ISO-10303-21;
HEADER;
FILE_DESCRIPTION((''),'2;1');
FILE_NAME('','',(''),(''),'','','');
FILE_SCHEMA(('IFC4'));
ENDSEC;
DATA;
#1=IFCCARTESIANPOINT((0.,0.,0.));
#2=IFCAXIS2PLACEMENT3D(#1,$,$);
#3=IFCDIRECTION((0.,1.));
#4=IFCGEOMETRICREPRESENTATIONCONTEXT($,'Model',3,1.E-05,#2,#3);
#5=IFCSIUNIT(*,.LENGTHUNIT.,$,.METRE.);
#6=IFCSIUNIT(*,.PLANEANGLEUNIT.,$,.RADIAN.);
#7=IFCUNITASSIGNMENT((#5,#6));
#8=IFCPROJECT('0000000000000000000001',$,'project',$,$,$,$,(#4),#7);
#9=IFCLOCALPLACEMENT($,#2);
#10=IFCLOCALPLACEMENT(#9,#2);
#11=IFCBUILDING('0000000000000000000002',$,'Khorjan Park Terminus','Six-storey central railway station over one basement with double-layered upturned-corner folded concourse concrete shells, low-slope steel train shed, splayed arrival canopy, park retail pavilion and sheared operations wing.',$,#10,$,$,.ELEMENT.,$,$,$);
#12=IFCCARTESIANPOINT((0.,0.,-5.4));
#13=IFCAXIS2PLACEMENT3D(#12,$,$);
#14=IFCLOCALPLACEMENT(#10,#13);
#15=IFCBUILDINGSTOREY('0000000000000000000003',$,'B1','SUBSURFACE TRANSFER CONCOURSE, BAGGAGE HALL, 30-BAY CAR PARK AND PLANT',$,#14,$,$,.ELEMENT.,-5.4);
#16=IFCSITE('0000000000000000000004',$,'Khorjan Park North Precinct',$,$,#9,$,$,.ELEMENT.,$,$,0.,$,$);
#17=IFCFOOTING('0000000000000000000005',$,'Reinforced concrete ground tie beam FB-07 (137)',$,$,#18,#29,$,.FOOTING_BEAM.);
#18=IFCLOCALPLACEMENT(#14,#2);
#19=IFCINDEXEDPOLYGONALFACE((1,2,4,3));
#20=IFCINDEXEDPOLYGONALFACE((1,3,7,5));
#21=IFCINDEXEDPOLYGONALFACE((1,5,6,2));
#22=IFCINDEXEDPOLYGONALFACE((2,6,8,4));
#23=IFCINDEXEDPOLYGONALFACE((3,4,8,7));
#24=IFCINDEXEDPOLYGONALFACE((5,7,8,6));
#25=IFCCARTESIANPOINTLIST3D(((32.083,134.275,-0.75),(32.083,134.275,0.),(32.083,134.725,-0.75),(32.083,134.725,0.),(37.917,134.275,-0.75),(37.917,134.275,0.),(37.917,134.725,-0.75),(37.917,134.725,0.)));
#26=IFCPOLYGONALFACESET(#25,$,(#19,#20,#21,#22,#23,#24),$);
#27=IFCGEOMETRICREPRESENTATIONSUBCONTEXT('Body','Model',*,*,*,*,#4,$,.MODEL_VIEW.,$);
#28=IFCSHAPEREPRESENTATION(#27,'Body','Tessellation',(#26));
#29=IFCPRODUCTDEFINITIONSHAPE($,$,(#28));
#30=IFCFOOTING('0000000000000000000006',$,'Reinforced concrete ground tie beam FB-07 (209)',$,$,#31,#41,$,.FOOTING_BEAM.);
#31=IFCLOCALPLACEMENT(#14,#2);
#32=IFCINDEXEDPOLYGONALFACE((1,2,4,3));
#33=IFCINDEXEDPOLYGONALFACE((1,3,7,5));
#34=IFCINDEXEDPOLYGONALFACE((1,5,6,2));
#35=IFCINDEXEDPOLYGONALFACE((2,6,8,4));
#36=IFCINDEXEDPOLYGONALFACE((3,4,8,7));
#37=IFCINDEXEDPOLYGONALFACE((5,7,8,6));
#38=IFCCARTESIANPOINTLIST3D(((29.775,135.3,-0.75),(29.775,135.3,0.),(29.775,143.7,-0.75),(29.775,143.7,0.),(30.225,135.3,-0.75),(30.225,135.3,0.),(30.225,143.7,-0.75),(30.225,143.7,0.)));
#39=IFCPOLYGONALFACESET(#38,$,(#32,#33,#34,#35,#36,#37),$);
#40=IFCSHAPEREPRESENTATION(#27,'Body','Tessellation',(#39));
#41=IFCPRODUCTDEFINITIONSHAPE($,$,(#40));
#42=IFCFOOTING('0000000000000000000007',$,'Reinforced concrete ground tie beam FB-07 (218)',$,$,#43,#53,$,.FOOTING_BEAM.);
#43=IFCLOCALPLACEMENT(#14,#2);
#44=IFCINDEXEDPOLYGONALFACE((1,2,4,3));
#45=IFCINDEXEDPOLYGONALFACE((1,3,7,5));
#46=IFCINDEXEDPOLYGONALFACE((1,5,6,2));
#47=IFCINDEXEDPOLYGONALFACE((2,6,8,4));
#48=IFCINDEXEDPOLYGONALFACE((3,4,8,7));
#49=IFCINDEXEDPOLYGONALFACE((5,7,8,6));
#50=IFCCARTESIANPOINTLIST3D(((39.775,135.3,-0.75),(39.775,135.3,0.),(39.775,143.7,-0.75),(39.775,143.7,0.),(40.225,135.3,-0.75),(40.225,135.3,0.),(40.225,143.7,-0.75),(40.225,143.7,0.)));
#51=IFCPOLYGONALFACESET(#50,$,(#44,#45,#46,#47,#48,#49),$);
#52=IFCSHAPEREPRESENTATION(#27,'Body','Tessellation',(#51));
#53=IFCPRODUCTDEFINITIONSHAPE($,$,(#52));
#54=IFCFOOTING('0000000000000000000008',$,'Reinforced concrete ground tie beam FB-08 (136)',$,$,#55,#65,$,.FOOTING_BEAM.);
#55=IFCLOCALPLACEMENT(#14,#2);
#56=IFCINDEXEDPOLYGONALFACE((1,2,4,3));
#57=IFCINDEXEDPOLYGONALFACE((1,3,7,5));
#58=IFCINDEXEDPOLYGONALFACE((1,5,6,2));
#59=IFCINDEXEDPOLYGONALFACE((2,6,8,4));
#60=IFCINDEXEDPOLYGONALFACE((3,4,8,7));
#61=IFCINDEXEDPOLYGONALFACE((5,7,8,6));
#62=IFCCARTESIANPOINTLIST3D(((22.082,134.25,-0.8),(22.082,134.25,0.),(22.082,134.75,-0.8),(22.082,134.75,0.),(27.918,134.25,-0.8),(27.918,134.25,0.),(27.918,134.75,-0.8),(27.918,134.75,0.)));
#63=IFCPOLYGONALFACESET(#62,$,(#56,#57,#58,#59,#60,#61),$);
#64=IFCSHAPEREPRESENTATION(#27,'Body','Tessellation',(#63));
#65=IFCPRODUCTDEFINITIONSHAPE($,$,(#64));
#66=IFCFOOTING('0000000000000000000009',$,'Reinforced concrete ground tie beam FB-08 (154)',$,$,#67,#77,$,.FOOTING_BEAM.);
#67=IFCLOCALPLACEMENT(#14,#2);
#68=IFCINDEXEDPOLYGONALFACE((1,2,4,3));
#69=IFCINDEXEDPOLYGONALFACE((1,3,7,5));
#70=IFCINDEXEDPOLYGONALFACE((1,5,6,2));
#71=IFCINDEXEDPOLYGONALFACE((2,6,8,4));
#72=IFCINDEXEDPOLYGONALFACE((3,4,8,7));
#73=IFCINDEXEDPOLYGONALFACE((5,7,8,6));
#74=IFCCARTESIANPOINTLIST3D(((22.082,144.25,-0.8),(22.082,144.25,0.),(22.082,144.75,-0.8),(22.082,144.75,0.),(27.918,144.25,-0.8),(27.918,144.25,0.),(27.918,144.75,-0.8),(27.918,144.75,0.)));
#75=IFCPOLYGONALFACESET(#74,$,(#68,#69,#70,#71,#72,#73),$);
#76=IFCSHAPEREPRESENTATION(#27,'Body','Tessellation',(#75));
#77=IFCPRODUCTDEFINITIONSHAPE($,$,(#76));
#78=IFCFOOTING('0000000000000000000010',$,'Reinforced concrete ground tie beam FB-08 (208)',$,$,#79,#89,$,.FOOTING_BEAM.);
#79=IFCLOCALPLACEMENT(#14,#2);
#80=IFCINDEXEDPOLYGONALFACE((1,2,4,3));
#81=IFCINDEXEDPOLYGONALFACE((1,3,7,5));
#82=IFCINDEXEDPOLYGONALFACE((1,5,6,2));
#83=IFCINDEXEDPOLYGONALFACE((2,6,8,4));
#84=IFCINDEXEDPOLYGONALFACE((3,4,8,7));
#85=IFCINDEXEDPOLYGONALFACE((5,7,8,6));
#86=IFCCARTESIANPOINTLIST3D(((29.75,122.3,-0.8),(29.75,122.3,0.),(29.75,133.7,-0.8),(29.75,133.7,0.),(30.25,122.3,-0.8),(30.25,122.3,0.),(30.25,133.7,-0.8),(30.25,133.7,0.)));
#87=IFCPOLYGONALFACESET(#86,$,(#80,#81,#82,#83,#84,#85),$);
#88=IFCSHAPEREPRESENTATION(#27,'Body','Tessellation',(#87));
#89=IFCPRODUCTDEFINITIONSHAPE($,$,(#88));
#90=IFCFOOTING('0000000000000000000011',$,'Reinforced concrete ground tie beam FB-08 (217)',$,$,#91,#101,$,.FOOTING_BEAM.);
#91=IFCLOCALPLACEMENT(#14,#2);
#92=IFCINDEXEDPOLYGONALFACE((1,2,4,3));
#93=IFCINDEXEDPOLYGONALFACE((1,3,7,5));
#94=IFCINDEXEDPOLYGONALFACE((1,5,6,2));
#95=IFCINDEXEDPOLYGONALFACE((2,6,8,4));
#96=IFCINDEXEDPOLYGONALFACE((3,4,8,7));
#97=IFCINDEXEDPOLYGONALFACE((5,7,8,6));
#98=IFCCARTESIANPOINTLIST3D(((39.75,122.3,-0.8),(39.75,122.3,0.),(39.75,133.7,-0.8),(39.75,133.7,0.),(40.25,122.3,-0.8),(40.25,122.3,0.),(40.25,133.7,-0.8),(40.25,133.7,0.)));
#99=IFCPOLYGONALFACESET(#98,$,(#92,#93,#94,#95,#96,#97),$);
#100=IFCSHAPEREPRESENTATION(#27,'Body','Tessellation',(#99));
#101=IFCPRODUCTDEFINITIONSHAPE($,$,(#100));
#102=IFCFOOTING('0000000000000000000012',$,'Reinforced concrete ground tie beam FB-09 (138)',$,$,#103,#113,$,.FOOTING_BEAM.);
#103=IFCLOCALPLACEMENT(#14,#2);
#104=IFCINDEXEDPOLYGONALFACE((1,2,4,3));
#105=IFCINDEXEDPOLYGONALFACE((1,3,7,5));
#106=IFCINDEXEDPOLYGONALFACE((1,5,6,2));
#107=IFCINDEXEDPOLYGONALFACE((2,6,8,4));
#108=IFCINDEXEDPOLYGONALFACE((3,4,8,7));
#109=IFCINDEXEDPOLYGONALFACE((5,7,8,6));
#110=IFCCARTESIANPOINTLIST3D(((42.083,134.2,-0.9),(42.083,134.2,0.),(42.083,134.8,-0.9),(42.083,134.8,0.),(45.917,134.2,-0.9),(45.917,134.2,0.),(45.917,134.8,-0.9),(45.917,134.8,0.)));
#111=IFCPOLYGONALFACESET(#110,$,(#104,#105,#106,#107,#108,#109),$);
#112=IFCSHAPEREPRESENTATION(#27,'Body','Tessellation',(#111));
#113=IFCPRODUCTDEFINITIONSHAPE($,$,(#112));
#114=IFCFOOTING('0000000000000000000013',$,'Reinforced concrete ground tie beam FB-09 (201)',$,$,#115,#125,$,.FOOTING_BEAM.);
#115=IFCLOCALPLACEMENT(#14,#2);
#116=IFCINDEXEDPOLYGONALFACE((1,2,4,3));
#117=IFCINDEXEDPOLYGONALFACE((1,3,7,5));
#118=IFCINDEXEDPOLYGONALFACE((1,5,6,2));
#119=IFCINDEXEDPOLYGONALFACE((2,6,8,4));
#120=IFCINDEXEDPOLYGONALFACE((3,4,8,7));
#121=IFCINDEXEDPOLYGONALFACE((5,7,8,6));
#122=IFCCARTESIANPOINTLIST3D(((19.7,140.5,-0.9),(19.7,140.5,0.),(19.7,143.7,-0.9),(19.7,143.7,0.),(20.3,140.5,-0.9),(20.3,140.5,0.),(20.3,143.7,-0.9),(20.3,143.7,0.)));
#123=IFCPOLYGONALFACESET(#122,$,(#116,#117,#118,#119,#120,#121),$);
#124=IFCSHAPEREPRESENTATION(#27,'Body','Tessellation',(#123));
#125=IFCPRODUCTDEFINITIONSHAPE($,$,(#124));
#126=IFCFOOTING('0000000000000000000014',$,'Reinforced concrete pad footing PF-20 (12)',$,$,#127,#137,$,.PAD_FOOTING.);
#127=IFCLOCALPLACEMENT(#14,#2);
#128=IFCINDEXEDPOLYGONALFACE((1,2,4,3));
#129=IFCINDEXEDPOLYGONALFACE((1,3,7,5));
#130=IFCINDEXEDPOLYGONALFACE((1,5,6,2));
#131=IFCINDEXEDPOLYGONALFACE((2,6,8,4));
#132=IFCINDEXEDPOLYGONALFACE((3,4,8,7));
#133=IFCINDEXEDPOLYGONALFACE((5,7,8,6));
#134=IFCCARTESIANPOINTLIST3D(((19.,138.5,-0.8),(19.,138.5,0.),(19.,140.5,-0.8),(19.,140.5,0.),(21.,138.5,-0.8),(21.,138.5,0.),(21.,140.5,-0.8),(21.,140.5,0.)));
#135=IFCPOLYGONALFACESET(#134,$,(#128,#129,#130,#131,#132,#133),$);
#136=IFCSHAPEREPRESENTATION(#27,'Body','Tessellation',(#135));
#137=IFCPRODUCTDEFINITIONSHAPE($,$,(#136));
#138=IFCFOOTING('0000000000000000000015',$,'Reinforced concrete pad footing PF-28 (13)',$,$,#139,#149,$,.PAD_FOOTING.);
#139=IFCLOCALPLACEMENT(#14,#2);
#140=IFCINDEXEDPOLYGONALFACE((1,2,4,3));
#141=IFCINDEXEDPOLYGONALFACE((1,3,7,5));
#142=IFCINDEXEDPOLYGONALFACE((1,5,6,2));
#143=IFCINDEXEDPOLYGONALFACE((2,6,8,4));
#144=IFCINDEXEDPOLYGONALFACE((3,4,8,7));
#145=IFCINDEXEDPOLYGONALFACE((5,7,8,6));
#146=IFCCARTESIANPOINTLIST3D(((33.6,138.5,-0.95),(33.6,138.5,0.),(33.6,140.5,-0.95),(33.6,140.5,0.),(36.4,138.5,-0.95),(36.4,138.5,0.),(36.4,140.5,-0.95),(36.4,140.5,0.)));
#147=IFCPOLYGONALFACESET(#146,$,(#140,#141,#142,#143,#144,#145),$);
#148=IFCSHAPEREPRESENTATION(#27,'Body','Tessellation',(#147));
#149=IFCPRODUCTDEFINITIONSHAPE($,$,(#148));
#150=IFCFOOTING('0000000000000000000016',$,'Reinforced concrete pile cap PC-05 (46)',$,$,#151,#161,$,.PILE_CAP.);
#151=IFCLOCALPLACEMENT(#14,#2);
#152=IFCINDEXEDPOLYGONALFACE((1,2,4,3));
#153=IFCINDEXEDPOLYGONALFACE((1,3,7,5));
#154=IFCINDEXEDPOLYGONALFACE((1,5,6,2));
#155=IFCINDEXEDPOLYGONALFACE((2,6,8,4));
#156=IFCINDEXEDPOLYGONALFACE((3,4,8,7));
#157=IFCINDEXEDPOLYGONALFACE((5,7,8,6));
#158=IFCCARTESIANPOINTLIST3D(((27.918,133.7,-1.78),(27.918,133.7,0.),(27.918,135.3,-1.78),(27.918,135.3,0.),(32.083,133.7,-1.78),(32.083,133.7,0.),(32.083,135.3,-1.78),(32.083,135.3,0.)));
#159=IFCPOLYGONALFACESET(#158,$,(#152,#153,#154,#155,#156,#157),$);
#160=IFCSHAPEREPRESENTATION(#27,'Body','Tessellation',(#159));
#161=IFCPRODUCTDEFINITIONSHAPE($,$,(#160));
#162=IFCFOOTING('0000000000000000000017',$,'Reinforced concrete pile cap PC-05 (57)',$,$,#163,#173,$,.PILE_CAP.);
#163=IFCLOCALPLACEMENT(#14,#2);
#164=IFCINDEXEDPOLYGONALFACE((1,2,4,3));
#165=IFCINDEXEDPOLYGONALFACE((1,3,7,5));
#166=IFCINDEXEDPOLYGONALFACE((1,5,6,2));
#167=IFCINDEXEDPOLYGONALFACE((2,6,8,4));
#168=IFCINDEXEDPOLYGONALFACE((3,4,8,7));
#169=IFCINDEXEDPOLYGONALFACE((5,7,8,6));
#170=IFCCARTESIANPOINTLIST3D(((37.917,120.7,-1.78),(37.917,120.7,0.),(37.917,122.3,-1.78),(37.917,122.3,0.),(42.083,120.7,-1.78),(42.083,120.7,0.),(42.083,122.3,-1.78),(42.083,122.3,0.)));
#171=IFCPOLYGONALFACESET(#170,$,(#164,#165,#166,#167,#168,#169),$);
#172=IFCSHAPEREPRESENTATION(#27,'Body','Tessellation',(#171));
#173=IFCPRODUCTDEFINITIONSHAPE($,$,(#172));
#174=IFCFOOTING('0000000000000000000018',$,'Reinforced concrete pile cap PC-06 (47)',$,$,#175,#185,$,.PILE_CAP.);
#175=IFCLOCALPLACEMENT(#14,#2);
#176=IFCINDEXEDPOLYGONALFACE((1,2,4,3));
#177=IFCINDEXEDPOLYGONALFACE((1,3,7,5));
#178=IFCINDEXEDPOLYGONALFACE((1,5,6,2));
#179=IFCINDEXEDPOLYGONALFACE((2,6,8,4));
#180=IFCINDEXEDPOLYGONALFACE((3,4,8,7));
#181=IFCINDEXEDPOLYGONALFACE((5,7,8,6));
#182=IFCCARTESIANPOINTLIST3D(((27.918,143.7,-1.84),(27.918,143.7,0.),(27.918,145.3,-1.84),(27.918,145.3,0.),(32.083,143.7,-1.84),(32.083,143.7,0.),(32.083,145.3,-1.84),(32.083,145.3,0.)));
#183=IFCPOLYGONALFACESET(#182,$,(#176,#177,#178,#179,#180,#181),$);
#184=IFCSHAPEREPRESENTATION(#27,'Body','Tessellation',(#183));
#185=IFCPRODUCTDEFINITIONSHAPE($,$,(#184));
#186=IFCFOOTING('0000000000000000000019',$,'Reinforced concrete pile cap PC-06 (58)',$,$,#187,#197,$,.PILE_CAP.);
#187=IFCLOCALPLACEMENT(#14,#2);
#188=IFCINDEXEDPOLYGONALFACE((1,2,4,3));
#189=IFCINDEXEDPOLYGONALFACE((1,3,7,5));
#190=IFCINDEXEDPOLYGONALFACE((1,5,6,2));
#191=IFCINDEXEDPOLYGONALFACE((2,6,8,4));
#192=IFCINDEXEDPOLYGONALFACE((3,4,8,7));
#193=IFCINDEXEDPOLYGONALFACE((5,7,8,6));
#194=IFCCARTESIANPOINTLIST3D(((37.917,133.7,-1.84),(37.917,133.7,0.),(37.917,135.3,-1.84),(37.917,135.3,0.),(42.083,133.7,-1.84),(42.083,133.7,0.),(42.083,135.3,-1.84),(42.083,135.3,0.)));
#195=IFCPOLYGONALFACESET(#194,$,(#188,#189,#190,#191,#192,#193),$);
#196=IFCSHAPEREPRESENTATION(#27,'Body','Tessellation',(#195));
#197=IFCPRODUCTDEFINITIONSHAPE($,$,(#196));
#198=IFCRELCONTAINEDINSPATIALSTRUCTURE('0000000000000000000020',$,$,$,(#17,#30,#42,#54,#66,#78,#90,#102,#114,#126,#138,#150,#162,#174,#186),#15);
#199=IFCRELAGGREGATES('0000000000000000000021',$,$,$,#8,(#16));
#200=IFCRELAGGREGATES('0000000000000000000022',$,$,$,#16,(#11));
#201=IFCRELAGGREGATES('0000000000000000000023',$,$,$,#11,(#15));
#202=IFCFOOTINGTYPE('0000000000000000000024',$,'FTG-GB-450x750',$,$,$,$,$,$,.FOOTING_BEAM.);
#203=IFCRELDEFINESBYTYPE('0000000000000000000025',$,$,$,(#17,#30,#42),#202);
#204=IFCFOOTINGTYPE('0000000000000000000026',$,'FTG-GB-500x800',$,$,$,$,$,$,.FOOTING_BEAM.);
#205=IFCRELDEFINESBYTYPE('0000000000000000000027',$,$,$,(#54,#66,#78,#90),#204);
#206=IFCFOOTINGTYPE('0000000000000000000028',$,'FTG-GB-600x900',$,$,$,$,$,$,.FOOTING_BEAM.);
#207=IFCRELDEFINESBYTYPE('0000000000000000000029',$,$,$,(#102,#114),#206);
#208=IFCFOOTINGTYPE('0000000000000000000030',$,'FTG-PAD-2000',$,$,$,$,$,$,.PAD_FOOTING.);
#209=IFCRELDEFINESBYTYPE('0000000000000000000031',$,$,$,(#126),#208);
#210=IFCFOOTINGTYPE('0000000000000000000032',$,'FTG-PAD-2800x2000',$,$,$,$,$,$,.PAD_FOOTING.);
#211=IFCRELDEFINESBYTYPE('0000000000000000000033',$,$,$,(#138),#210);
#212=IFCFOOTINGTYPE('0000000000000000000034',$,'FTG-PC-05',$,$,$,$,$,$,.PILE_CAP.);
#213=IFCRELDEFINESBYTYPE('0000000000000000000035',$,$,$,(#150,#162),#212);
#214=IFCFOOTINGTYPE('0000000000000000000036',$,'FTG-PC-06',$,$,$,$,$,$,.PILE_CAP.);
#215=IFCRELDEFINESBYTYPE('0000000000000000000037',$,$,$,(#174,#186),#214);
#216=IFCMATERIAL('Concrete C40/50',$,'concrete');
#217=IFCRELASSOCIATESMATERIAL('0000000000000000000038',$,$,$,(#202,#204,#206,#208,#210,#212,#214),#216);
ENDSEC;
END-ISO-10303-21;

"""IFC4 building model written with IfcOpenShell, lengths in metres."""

from ifc_helpers import new_model, si_unit, direction, frame, origin, origin_2d, place, context, subcontext, project, spatial, rectangle, extrude, material, material_profile, profile_set, type_object, element, save


model = new_model("IFC4")

# Units and contexts
model_context = context("Model", 3, precision=1e-05, world=origin(), true_north=direction((0.0, 1.0)))
body_context = subcontext(model_context, "Body", "Model", "MODEL_VIEW")
ifc_project = project(units=[si_unit("LENGTHUNIT", "METRE"), si_unit("PLANEANGLEUNIT", "RADIAN")], contexts=[model_context])

# Site, building, storey
site_placement = place(None, origin())
site = spatial("IfcSite", under=ifc_project, at=site_placement, Name="Khorjan Park North Precinct", CompositionType="ELEMENT", RefElevation=0.0)
building_placement = place(site_placement, origin())
building = spatial("IfcBuilding", under=site, at=building_placement, Name="Khorjan Park Terminus", Description="Six-storey central railway station over one basement with double-layered upturned-corner folded concourse concrete shells, low-slope steel train shed, splayed arrival canopy, park retail pavilion and sheared operations wing.", CompositionType="ELEMENT")
storey_placement = place(building_placement, frame((0.0, 0.0, -5.4)))
storey = spatial("IfcBuildingStorey", under=building, at=storey_placement, Name="B1", Description="SUBSURFACE TRANSFER CONCOURSE, BAGGAGE HALL, 30-BAY CAR PARK AND PLANT", CompositionType="ELEMENT", Elevation=-5.4)

# Footings
ifc_material = material(Name="Concrete C40/50", Category="concrete")
ifc_material_profile_1 = material_profile(ifc_material, rectangle(XDim=0.45, YDim=0.75, at=origin_2d()), Name="RC 450x750")
ifc_profile_set_1 = profile_set([ifc_material_profile_1], Name="Concrete C40/50")
footing_type_1 = type_object("IfcFootingType", Name="FTG-GB-450x750", PredefinedType="FOOTING_BEAM", material=ifc_profile_set_1)
footing_1_placement = place(storey_placement, frame((32.083, 134.5, -0.375), z_axis=(1.0, 0.0, 0.0), x_axis=(0.0, 1.0, 0.0)))
element("IfcFooting", 1, at=footing_1_placement, inside=storey, type_object=footing_type_1, Name="Reinforced concrete ground tie beam FB-07 (137)", PredefinedType="FOOTING_BEAM", context=body_context, shape_type="SweptSolid", body=[
    extrude(rectangle(XDim=0.45, YDim=0.75, at=origin_2d()), origin(), (0.0, 0.0, 1.0), 5.834),
])
for number, where, z_axis, x_axis, name in (
    (2, (30.0, 135.3, -0.375), (0.0, 1.0, 0.0), (-1.0, 0.0, 0.0), "Reinforced concrete ground tie beam FB-07 (209)"),
    (3, (40.0, 135.3, -0.375), (0.0, 1.0, 0.0), (-1.0, 0.0, 0.0), "Reinforced concrete ground tie beam FB-07 (218)"),
):
    element("IfcFooting", number, at=place(storey_placement, frame(where, z_axis=z_axis, x_axis=x_axis)), inside=storey, type_object=footing_type_1, Name=name, PredefinedType="FOOTING_BEAM", context=body_context, shape_type="SweptSolid", body=[
        extrude(rectangle(XDim=0.45, YDim=0.75, at=origin_2d()), origin(), (0.0, 0.0, 1.0), 8.4),
    ])
ifc_material_profile_2 = material_profile(ifc_material, rectangle(XDim=0.5, YDim=0.8, at=origin_2d()), Name="RC 500x800")
ifc_profile_set_2 = profile_set([ifc_material_profile_2], Name="Concrete C40/50")
footing_type_2 = type_object("IfcFootingType", Name="FTG-GB-500x800", PredefinedType="FOOTING_BEAM", material=ifc_profile_set_2)
for number, where, z_axis, x_axis, name in (
    (4, (22.082, 134.5, -0.4), (1.0, 0.0, 0.0), (0.0, 1.0, 0.0), "Reinforced concrete ground tie beam FB-08 (136)"),
    (5, (22.082, 144.5, -0.4), (1.0, 0.0, 0.0), (0.0, 1.0, 0.0), "Reinforced concrete ground tie beam FB-08 (154)"),
):
    element("IfcFooting", number, at=place(storey_placement, frame(where, z_axis=z_axis, x_axis=x_axis)), inside=storey, type_object=footing_type_2, Name=name, PredefinedType="FOOTING_BEAM", context=body_context, shape_type="SweptSolid", body=[
        extrude(rectangle(XDim=0.5, YDim=0.8, at=origin_2d()), origin(), (0.0, 0.0, 1.0), 5.836),
    ])
for number, where, z_axis, x_axis, name in (
    (6, (30.0, 122.3, -0.4), (0.0, 1.0, 0.0), (-1.0, 0.0, 0.0), "Reinforced concrete ground tie beam FB-08 (208)"),
    (7, (40.0, 122.3, -0.4), (0.0, 1.0, 0.0), (-1.0, 0.0, 0.0), "Reinforced concrete ground tie beam FB-08 (217)"),
):
    element("IfcFooting", number, at=place(storey_placement, frame(where, z_axis=z_axis, x_axis=x_axis)), inside=storey, type_object=footing_type_2, Name=name, PredefinedType="FOOTING_BEAM", context=body_context, shape_type="SweptSolid", body=[
        extrude(rectangle(XDim=0.5, YDim=0.8, at=origin_2d()), origin(), (0.0, 0.0, 1.0), 11.4),
    ])
ifc_material_profile_3 = material_profile(ifc_material, rectangle(XDim=0.6, YDim=0.9, at=origin_2d()), Name="RC 600x900")
ifc_profile_set_3 = profile_set([ifc_material_profile_3], Name="Concrete C40/50")
footing_type_3 = type_object("IfcFootingType", Name="FTG-GB-600x900", PredefinedType="FOOTING_BEAM", material=ifc_profile_set_3)
footing_2_placement = place(storey_placement, frame((42.083, 134.5, -0.45), z_axis=(1.0, 0.0, 0.0), x_axis=(0.0, 1.0, 0.0)))
element("IfcFooting", 8, at=footing_2_placement, inside=storey, type_object=footing_type_3, Name="Reinforced concrete ground tie beam FB-09 (138)", PredefinedType="FOOTING_BEAM", context=body_context, shape_type="SweptSolid", body=[
    extrude(rectangle(XDim=0.6, YDim=0.9, at=origin_2d()), origin(), (0.0, 0.0, 1.0), 3.834),
])
footing_3_placement = place(storey_placement, frame((20.0, 140.5, -0.45), z_axis=(0.0, 1.0, 0.0), x_axis=(-1.0, 0.0, 0.0)))
element("IfcFooting", 9, at=footing_3_placement, inside=storey, type_object=footing_type_3, Name="Reinforced concrete ground tie beam FB-09 (201)", PredefinedType="FOOTING_BEAM", context=body_context, shape_type="SweptSolid", body=[
    extrude(rectangle(XDim=0.6, YDim=0.9, at=origin_2d()), origin(), (0.0, 0.0, 1.0), 3.2),
])
footing_type_4 = type_object("IfcFootingType", Name="FTG-PAD-2000", PredefinedType="PAD_FOOTING", material=ifc_material)
footing_4_placement = place(storey_placement, frame((20.0, 139.5, -0.8), z_axis=(0.0, 0.0, 1.0), x_axis=(1.0, 0.0, 0.0)))
element("IfcFooting", 10, at=footing_4_placement, inside=storey, type_object=footing_type_4, Name="Reinforced concrete pad footing PF-20 (12)", PredefinedType="PAD_FOOTING", context=body_context, shape_type="SweptSolid", body=[
    extrude(rectangle(XDim=2.0, YDim=2.0, at=origin_2d()), origin(), (0.0, 0.0, 1.0), 0.8),
])
footing_type_5 = type_object("IfcFootingType", Name="FTG-PAD-2800x2000", PredefinedType="PAD_FOOTING", material=ifc_material)
footing_5_placement = place(storey_placement, frame((35.0, 139.5, -0.95), z_axis=(0.0, 0.0, 1.0), x_axis=(1.0, 0.0, 0.0)))
element("IfcFooting", 11, at=footing_5_placement, inside=storey, type_object=footing_type_5, Name="Reinforced concrete pad footing PF-28 (13)", PredefinedType="PAD_FOOTING", context=body_context, shape_type="SweptSolid", body=[
    extrude(rectangle(XDim=2.8, YDim=2.0, at=origin_2d()), origin(), (0.0, 0.0, 1.0), 0.95),
])
footing_type_6 = type_object("IfcFootingType", Name="FTG-PC-05", PredefinedType="PILE_CAP", material=ifc_material)
footing_6_placement = place(storey_placement, frame((30.0005, 134.5, -1.78), z_axis=(0.0, 0.0, 1.0), x_axis=(1.0, 0.0, 0.0)))
element("IfcFooting", 12, at=footing_6_placement, inside=storey, type_object=footing_type_6, Name="Reinforced concrete pile cap PC-05 (46)", PredefinedType="PILE_CAP", context=body_context, shape_type="SweptSolid", body=[
    extrude(rectangle(XDim=4.165, YDim=1.6, at=origin_2d()), origin(), (0.0, 0.0, 1.0), 1.78),
])
footing_7_placement = place(storey_placement, frame((40.0, 121.5, -1.78), z_axis=(0.0, 0.0, 1.0), x_axis=(1.0, 0.0, 0.0)))
element("IfcFooting", 13, at=footing_7_placement, inside=storey, type_object=footing_type_6, Name="Reinforced concrete pile cap PC-05 (57)", PredefinedType="PILE_CAP", context=body_context, shape_type="SweptSolid", body=[
    extrude(rectangle(XDim=4.166, YDim=1.6, at=origin_2d()), origin(), (0.0, 0.0, 1.0), 1.78),
])
footing_type_7 = type_object("IfcFootingType", Name="FTG-PC-06", PredefinedType="PILE_CAP", material=ifc_material)
footing_8_placement = place(storey_placement, frame((30.0005, 144.5, -1.84), z_axis=(0.0, 0.0, 1.0), x_axis=(1.0, 0.0, 0.0)))
element("IfcFooting", 14, at=footing_8_placement, inside=storey, type_object=footing_type_7, Name="Reinforced concrete pile cap PC-06 (47)", PredefinedType="PILE_CAP", context=body_context, shape_type="SweptSolid", body=[
    extrude(rectangle(XDim=4.165, YDim=1.6, at=origin_2d()), origin(), (0.0, 0.0, 1.0), 1.84),
])
footing_9_placement = place(storey_placement, frame((40.0, 134.5, -1.84), z_axis=(0.0, 0.0, 1.0), x_axis=(1.0, 0.0, 0.0)))
element("IfcFooting", 15, at=footing_9_placement, inside=storey, type_object=footing_type_7, Name="Reinforced concrete pile cap PC-06 (58)", PredefinedType="PILE_CAP", context=body_context, shape_type="SweptSolid", body=[
    extrude(rectangle(XDim=4.166, YDim=1.6, at=origin_2d()), origin(), (0.0, 0.0, 1.0), 1.84),
])

save(model, "model.ifc")
